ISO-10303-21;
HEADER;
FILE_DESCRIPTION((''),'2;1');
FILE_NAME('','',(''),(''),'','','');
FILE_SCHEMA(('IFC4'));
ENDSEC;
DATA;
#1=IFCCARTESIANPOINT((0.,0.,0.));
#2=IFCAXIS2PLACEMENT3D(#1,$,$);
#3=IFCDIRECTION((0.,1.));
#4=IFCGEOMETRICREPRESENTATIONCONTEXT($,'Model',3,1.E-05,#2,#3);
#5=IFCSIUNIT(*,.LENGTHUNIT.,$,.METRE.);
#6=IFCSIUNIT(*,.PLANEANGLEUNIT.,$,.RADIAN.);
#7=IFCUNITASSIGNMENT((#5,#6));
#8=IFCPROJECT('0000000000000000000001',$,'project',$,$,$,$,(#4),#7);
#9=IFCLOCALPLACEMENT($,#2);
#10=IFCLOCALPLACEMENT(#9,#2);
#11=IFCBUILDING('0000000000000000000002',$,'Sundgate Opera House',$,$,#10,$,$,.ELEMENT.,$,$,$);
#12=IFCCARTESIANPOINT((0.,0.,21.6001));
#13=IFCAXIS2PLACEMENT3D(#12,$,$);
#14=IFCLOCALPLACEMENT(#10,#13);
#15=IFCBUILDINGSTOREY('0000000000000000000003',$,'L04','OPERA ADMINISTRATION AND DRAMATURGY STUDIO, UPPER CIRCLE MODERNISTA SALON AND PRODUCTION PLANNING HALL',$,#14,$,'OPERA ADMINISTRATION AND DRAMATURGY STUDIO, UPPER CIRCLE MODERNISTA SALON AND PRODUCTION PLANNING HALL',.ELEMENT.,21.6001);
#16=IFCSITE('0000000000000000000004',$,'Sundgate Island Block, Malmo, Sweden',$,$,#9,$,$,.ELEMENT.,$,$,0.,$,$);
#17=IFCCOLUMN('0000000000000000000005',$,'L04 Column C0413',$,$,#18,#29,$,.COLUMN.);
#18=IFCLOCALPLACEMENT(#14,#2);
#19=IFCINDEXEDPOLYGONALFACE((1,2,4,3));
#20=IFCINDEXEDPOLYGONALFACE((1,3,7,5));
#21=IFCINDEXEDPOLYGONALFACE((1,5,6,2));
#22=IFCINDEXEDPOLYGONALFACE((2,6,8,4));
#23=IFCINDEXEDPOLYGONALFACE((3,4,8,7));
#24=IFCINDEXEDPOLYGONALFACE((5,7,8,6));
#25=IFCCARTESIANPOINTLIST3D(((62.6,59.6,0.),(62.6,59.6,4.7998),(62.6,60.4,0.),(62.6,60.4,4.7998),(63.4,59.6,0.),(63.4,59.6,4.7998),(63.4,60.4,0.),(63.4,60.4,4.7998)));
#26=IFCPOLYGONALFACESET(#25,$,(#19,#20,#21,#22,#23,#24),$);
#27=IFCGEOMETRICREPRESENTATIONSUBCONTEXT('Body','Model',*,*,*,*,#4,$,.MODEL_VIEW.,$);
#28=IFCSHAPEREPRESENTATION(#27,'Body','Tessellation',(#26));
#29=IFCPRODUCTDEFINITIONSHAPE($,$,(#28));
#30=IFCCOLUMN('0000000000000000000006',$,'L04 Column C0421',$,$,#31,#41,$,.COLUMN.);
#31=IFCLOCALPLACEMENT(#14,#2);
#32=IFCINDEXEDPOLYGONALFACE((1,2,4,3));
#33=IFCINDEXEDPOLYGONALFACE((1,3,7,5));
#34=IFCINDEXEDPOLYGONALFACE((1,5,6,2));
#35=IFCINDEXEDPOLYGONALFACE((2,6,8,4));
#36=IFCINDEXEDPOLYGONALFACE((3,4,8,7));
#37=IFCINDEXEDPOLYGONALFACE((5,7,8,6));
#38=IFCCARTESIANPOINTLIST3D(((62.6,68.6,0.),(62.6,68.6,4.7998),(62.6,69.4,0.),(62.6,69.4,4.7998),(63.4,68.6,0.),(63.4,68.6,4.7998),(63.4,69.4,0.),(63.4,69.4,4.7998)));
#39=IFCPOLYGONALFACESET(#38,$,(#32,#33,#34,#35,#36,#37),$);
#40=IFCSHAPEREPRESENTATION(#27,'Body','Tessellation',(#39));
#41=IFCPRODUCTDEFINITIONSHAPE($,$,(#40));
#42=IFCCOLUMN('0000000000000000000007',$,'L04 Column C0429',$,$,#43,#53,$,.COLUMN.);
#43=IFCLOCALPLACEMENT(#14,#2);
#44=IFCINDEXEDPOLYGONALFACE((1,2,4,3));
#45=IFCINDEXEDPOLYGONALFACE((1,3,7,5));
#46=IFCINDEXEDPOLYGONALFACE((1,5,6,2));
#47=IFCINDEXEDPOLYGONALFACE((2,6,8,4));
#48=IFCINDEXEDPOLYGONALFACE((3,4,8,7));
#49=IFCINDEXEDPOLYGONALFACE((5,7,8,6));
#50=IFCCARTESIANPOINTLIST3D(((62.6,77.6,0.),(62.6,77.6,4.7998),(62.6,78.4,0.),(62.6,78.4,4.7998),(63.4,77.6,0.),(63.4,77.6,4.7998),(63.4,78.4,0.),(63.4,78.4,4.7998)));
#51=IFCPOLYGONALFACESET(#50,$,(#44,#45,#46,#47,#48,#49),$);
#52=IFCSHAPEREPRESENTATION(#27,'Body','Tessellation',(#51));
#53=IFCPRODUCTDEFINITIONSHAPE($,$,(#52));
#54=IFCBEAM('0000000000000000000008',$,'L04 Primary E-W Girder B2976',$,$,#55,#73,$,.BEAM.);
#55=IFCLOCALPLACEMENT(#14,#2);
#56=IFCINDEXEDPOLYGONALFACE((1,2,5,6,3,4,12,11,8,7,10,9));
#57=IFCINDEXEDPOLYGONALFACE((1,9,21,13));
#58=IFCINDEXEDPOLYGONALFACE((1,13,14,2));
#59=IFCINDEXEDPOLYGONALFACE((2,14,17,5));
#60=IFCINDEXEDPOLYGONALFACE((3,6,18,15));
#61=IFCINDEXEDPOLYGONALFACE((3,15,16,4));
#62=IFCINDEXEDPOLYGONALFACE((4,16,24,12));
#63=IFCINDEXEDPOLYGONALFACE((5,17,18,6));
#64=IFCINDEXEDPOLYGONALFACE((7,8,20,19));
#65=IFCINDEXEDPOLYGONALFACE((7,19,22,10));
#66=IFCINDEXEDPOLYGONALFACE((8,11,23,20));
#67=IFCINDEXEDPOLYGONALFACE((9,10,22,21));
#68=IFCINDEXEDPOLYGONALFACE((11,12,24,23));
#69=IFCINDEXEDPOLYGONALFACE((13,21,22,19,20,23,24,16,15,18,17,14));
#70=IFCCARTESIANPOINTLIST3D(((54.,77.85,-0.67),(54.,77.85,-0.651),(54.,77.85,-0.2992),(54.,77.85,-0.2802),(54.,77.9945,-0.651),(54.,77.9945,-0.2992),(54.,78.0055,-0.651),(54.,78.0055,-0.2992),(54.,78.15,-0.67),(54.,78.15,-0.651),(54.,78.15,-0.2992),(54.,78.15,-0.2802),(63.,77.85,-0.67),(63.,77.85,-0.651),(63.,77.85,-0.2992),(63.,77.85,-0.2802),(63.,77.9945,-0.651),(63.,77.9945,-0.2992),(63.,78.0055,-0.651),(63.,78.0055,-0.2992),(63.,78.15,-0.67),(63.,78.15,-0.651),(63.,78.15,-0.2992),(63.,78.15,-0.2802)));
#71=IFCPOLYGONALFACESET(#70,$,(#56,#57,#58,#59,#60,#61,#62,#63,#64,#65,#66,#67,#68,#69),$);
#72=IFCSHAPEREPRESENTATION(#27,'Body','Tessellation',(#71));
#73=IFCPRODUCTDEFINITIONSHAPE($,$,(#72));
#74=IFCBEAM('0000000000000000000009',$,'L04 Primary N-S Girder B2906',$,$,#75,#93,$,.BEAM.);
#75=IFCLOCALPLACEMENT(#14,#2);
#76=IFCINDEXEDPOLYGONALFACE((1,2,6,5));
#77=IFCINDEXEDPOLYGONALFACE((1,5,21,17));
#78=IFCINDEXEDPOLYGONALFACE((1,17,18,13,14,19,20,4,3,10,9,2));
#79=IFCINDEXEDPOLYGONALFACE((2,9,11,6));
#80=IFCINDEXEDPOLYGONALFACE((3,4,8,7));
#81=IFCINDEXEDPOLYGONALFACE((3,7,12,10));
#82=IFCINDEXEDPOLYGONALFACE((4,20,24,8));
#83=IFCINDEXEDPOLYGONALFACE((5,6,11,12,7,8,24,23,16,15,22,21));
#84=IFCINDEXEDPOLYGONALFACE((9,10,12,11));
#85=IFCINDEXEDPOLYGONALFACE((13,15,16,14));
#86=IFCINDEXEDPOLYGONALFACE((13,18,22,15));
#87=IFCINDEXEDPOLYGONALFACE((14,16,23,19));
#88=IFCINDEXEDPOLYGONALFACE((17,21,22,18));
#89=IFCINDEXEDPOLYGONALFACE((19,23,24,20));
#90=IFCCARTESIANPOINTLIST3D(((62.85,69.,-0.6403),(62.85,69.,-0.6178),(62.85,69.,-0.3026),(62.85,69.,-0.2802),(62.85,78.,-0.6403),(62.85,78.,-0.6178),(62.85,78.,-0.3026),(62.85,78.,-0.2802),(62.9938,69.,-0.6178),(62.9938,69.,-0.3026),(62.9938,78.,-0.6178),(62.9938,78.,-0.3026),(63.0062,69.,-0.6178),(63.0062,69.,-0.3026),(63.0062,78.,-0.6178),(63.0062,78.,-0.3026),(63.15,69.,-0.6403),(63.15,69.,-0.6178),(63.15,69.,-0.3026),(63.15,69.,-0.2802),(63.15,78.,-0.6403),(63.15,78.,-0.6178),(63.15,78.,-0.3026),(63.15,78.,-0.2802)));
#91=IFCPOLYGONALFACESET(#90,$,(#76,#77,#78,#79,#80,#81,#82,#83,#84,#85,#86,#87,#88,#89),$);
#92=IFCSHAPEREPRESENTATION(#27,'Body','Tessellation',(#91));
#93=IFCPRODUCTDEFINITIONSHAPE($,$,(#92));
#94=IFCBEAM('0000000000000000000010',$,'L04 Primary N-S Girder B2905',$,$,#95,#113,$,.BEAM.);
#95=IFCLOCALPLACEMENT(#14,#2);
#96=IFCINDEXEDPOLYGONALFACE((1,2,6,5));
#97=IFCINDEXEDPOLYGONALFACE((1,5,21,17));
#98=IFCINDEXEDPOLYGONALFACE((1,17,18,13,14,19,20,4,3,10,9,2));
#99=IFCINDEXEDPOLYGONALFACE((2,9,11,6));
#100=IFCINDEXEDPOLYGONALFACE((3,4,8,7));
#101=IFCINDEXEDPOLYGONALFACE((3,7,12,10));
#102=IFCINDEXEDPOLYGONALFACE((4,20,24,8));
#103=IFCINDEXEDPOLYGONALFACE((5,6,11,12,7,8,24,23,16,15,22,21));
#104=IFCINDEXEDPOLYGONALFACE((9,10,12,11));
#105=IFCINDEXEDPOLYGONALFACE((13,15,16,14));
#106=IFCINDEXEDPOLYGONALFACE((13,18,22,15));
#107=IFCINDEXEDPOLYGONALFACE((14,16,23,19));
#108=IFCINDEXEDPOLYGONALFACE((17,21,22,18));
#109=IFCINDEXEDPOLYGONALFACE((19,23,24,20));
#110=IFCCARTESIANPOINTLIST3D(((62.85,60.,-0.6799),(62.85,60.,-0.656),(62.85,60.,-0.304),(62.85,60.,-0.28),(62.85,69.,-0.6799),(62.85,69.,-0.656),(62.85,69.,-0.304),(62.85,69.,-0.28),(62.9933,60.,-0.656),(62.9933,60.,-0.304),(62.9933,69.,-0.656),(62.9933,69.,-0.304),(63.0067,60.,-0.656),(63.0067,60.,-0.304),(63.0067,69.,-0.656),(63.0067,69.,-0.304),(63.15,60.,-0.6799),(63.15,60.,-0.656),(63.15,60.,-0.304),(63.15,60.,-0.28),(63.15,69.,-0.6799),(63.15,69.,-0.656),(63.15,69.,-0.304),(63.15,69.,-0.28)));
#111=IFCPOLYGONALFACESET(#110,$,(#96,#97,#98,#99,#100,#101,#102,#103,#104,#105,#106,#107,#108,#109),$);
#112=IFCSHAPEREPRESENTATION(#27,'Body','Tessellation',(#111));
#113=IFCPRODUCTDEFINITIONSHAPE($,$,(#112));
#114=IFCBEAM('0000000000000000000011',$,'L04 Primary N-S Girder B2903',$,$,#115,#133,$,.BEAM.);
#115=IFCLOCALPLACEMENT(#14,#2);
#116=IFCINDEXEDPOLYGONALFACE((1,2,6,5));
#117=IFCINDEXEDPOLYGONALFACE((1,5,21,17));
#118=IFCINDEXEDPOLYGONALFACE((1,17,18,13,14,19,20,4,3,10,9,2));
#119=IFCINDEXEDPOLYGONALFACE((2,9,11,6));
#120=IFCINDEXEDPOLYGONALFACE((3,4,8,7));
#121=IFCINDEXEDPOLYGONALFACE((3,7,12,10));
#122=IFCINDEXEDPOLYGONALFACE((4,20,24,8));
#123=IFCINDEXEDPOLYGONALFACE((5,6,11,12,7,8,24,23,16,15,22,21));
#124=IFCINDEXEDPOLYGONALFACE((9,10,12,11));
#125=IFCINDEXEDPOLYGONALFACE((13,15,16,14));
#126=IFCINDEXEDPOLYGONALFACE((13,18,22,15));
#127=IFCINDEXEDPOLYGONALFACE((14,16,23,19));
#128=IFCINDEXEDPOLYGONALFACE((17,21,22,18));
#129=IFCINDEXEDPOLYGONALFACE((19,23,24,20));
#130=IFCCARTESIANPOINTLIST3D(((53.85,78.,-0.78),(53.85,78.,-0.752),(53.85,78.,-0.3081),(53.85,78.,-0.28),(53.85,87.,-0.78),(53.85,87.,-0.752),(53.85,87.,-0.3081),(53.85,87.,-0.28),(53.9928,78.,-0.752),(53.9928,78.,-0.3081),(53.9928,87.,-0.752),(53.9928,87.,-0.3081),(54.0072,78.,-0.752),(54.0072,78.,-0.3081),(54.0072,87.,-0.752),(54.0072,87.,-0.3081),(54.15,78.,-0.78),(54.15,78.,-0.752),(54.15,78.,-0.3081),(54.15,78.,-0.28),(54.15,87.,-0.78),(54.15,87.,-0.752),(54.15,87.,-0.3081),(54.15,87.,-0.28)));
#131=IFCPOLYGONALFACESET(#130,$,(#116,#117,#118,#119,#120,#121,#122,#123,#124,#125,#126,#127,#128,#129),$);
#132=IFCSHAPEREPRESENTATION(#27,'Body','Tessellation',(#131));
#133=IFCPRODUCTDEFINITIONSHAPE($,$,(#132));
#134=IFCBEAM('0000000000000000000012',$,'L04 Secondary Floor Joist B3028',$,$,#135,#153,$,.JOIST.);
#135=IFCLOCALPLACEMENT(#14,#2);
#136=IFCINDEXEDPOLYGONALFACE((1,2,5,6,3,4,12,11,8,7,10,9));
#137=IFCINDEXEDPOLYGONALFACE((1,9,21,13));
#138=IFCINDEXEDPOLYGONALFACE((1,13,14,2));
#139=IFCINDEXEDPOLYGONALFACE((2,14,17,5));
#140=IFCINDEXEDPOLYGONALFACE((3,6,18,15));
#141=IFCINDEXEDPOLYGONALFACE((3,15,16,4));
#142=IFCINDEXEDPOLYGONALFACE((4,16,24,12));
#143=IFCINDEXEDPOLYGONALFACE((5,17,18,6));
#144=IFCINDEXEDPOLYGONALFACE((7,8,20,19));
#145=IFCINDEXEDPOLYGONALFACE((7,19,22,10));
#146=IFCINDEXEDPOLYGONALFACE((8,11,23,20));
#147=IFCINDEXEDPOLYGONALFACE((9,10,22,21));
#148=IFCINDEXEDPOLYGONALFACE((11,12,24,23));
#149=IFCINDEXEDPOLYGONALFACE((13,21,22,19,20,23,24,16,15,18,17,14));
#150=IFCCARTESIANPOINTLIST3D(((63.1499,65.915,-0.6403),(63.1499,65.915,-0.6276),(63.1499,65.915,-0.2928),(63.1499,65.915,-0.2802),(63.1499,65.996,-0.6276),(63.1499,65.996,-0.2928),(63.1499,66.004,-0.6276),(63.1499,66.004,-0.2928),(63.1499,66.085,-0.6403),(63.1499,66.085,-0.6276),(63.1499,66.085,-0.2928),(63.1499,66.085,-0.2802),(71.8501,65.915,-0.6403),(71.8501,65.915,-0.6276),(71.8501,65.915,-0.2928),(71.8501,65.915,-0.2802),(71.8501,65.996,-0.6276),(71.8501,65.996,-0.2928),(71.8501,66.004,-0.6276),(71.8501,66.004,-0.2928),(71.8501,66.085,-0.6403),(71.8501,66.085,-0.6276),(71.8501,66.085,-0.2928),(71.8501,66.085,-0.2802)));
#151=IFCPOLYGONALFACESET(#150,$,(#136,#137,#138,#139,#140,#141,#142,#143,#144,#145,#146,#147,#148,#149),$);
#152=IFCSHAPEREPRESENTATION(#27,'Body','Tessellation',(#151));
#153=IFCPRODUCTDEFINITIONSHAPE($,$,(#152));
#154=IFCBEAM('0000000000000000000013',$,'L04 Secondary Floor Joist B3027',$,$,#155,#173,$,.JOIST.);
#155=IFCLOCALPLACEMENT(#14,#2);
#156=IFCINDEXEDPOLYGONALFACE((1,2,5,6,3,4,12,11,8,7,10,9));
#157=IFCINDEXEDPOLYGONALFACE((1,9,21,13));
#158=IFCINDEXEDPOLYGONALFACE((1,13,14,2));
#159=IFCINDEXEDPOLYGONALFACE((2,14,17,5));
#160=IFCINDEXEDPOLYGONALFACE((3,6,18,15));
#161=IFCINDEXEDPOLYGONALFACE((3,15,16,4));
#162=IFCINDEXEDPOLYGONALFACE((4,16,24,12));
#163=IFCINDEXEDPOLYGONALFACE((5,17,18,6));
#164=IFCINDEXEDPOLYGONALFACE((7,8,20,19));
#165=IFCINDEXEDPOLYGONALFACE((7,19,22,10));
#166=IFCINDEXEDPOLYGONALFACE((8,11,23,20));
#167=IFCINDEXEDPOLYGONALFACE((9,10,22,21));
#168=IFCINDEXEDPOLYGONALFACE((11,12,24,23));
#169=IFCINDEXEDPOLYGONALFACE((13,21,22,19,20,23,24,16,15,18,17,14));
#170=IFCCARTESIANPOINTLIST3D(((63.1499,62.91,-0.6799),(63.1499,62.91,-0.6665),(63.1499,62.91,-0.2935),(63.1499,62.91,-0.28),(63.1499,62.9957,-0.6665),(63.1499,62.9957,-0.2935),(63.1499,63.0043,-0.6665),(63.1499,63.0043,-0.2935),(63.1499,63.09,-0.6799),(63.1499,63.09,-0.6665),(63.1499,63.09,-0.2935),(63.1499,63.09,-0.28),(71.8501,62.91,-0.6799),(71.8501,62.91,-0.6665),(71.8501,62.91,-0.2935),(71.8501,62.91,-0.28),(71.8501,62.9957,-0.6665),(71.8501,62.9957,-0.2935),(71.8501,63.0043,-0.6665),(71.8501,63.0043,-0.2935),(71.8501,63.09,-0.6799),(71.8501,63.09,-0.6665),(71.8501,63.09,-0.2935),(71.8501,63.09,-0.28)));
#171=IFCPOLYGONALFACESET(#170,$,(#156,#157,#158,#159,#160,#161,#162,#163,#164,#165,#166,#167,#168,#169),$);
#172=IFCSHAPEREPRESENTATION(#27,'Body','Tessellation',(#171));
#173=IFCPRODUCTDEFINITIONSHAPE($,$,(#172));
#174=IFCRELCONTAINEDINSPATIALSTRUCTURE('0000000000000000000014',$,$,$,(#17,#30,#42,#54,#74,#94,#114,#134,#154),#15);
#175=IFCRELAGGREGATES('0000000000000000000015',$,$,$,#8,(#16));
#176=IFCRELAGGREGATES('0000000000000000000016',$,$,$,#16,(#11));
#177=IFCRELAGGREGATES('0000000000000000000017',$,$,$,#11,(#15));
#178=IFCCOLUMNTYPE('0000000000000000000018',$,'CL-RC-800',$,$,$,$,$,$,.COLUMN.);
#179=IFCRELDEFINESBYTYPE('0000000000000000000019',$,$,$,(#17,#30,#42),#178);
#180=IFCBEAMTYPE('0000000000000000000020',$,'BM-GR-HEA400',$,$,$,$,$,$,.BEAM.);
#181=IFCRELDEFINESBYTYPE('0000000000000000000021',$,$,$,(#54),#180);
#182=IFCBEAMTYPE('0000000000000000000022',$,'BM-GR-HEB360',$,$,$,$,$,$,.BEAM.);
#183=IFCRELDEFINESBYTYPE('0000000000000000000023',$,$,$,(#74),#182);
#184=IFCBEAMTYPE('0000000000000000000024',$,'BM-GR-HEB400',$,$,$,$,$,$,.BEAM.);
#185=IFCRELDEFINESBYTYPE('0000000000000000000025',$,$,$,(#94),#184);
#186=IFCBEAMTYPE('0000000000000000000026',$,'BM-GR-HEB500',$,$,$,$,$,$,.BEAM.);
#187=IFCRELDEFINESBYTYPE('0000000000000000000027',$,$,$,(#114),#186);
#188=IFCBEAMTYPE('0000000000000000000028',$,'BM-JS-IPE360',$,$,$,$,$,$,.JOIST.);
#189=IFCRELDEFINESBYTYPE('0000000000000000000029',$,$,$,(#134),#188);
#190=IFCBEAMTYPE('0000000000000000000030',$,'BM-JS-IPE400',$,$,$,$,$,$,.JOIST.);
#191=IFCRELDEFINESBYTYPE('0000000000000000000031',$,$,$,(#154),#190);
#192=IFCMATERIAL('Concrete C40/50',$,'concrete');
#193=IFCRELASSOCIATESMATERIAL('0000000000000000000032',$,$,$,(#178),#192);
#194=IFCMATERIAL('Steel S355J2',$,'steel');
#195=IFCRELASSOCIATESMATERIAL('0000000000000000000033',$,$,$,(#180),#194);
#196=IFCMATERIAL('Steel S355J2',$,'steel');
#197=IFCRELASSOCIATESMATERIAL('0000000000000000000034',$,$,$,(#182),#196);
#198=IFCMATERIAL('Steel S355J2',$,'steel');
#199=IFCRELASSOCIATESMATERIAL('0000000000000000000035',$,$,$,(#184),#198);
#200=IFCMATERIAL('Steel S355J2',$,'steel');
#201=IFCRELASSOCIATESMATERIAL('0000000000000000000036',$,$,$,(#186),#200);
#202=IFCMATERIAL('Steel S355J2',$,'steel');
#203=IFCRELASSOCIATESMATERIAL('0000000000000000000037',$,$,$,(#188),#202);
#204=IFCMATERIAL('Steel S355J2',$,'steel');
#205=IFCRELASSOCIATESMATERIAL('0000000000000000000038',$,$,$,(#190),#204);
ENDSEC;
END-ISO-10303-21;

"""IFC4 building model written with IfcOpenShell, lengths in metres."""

from ifc_helpers import new_model, si_unit, direction, frame, origin, origin_2d, place, context, subcontext, project, spatial, rectangle, i_section, extrude, material, material_profile, profile_set, type_object, element, save


model = new_model("IFC4")

# Units and contexts
model_context = context("Model", 3, precision=1e-05, world=origin(), true_north=direction((0.0, 1.0)))
body_context = subcontext(model_context, "Body", "Model", "MODEL_VIEW")
ifc_project = project(units=[si_unit("LENGTHUNIT", "METRE"), si_unit("PLANEANGLEUNIT", "RADIAN")], contexts=[model_context])

# Site, building, storey
site_placement = place(None, origin())
site = spatial("IfcSite", under=ifc_project, at=site_placement, Name="Sundgate Island Block, Malmo, Sweden", CompositionType="ELEMENT", RefElevation=0.0)
building_placement = place(site_placement, origin())
building = spatial("IfcBuilding", under=site, at=building_placement, Name="Sundgate Opera House", CompositionType="ELEMENT")
storey_placement = place(building_placement, frame((0.0, 0.0, 21.6001)))
storey = spatial("IfcBuildingStorey", under=building, at=storey_placement, Name="L04", Description="OPERA ADMINISTRATION AND DRAMATURGY STUDIO, UPPER CIRCLE MODERNISTA SALON AND PRODUCTION PLANNING HALL", LongName="OPERA ADMINISTRATION AND DRAMATURGY STUDIO, UPPER CIRCLE MODERNISTA SALON AND PRODUCTION PLANNING HALL", CompositionType="ELEMENT", Elevation=21.6001)

# Columns
ifc_material_1 = material(Name="Concrete C40/50", Category="concrete")
ifc_material_profile_1 = material_profile(ifc_material_1, rectangle(XDim=0.8, YDim=0.8, at=origin_2d()), Name="RC 800x800")
ifc_profile_set_1 = profile_set([ifc_material_profile_1], Name="Concrete C40/50")
column_type = type_object("IfcColumnType", Name="CL-RC-800", PredefinedType="COLUMN", material=ifc_profile_set_1)
for number, where, z_axis, x_axis, name in (
    (1, (63.0, 60.0, 0.0), (0.0, 0.0, 1.0), (1.0, 0.0, 0.0), "L04 Column C0413"),
    (2, (63.0, 69.0, 0.0), (0.0, 0.0, 1.0), (1.0, 0.0, 0.0), "L04 Column C0421"),
    (3, (63.0, 78.0, 0.0), (0.0, 0.0, 1.0), (1.0, 0.0, 0.0), "L04 Column C0429"),
):
    element("IfcColumn", number, at=place(storey_placement, frame(where, z_axis=z_axis, x_axis=x_axis)), inside=storey, type_object=column_type, Name=name, PredefinedType="COLUMN", context=body_context, shape_type="SweptSolid", body=[
        extrude(rectangle(XDim=0.8, YDim=0.8, at=origin_2d()), origin(), (0.0, 0.0, 1.0), 4.7998),
    ])

# Beams
ifc_material_2 = material(Name="Steel S355J2", Category="steel")
ifc_material_profile_2 = material_profile(ifc_material_2, i_section(OverallWidth=0.3, OverallDepth=0.3899, WebThickness=0.011, FlangeThickness=0.019, at=origin_2d()), Name="HEA 400")
ifc_profile_set_2 = profile_set([ifc_material_profile_2], Name="Steel S355J2")
beam_type_1 = type_object("IfcBeamType", Name="BM-GR-HEA400", PredefinedType="BEAM", material=ifc_profile_set_2)
beam_1_placement = place(storey_placement, frame((54.0, 78.0, -0.4751), z_axis=(1.0, 0.0, 0.0), x_axis=(0.0, 1.0, 0.0)))
element("IfcBeam", 4, at=beam_1_placement, inside=storey, type_object=beam_type_1, Name="L04 Primary E-W Girder B2976", PredefinedType="BEAM", context=body_context, shape_type="SweptSolid", body=[
    extrude(i_section(OverallWidth=0.3, OverallDepth=0.3899, WebThickness=0.011, FlangeThickness=0.019, at=origin_2d()), origin(), (0.0, 0.0, 1.0), 9.0),
])
ifc_material_3 = material(Name="Steel S355J2", Category="steel")
ifc_material_profile_3 = material_profile(ifc_material_3, i_section(OverallWidth=0.3, OverallDepth=0.3601, WebThickness=0.0125, FlangeThickness=0.0225, at=origin_2d()), Name="HEB 360")
ifc_profile_set_3 = profile_set([ifc_material_profile_3], Name="Steel S355J2")
beam_type_2 = type_object("IfcBeamType", Name="BM-GR-HEB360", PredefinedType="BEAM", material=ifc_profile_set_3)
beam_2_placement = place(storey_placement, frame((63.0, 69.0, -0.4602), z_axis=(0.0, 1.0, 0.0), x_axis=(-1.0, 0.0, 0.0)))
element("IfcBeam", 5, at=beam_2_placement, inside=storey, type_object=beam_type_2, Name="L04 Primary N-S Girder B2906", PredefinedType="BEAM", context=body_context, shape_type="SweptSolid", body=[
    extrude(i_section(OverallWidth=0.3, OverallDepth=0.3601, WebThickness=0.0125, FlangeThickness=0.0225, at=origin_2d()), origin(), (0.0, 0.0, 1.0), 9.0),
])
ifc_material_4 = material(Name="Steel S355J2", Category="steel")
ifc_material_profile_4 = material_profile(ifc_material_4, i_section(OverallWidth=0.3, OverallDepth=0.3999, WebThickness=0.0134, FlangeThickness=0.0239, at=origin_2d()), Name="HEB 400")
ifc_profile_set_4 = profile_set([ifc_material_profile_4], Name="Steel S355J2")
beam_type_3 = type_object("IfcBeamType", Name="BM-GR-HEB400", PredefinedType="BEAM", material=ifc_profile_set_4)
beam_3_placement = place(storey_placement, frame((63.0, 60.0, -0.48), z_axis=(0.0, 1.0, 0.0), x_axis=(-1.0, 0.0, 0.0)))
element("IfcBeam", 6, at=beam_3_placement, inside=storey, type_object=beam_type_3, Name="L04 Primary N-S Girder B2905", PredefinedType="BEAM", context=body_context, shape_type="SweptSolid", body=[
    extrude(i_section(OverallWidth=0.3, OverallDepth=0.3999, WebThickness=0.0134, FlangeThickness=0.0239, at=origin_2d()), origin(), (0.0, 0.0, 1.0), 9.0),
])
ifc_material_5 = material(Name="Steel S355J2", Category="steel")
ifc_material_profile_5 = material_profile(ifc_material_5, i_section(OverallWidth=0.3, OverallDepth=0.5, WebThickness=0.0144, FlangeThickness=0.0281, at=origin_2d()), Name="HEB 500")
ifc_profile_set_5 = profile_set([ifc_material_profile_5], Name="Steel S355J2")
beam_type_4 = type_object("IfcBeamType", Name="BM-GR-HEB500", PredefinedType="BEAM", material=ifc_profile_set_5)
beam_4_placement = place(storey_placement, frame((54.0, 78.0, -0.53), z_axis=(0.0, 1.0, 0.0), x_axis=(-1.0, 0.0, 0.0)))
element("IfcBeam", 7, at=beam_4_placement, inside=storey, type_object=beam_type_4, Name="L04 Primary N-S Girder B2903", PredefinedType="BEAM", context=body_context, shape_type="SweptSolid", body=[
    extrude(i_section(OverallWidth=0.3, OverallDepth=0.5, WebThickness=0.0144, FlangeThickness=0.0281, at=origin_2d()), origin(), (0.0, 0.0, 1.0), 9.0),
])
ifc_material_6 = material(Name="Steel S355J2", Category="steel")
ifc_material_profile_6 = material_profile(ifc_material_6, i_section(OverallWidth=0.1699, OverallDepth=0.3601, WebThickness=0.0081, FlangeThickness=0.0127, at=origin_2d()), Name="IPE 360")
ifc_profile_set_6 = profile_set([ifc_material_profile_6], Name="Steel S355J2")
beam_type_5 = type_object("IfcBeamType", Name="BM-JS-IPE360", PredefinedType="JOIST", material=ifc_profile_set_6)
beam_5_placement = place(storey_placement, frame((63.1499, 66.0, -0.4602), z_axis=(1.0, 0.0, 0.0), x_axis=(0.0, 1.0, 0.0)))
element("IfcBeam", 8, at=beam_5_placement, inside=storey, type_object=beam_type_5, Name="L04 Secondary Floor Joist B3028", PredefinedType="JOIST", context=body_context, shape_type="SweptSolid", body=[
    extrude(i_section(OverallWidth=0.1699, OverallDepth=0.3601, WebThickness=0.0081, FlangeThickness=0.0127, at=origin_2d()), origin(), (0.0, 0.0, 1.0), 8.7002),
])
ifc_material_7 = material(Name="Steel S355J2", Category="steel")
ifc_material_profile_7 = material_profile(ifc_material_7, i_section(OverallWidth=0.1799, OverallDepth=0.3999, WebThickness=0.0085, FlangeThickness=0.0134, at=origin_2d()), Name="IPE 400")
ifc_profile_set_7 = profile_set([ifc_material_profile_7], Name="Steel S355J2")
beam_type_6 = type_object("IfcBeamType", Name="BM-JS-IPE400", PredefinedType="JOIST", material=ifc_profile_set_7)
for number, where, z_axis, x_axis, name in (
    (9, (63.1499, 63.0, -0.48), (1.0, 0.0, 0.0), (0.0, 1.0, 0.0), "L04 Secondary Floor Joist B3027"),
):
    element("IfcBeam", number, at=place(storey_placement, frame(where, z_axis=z_axis, x_axis=x_axis)), inside=storey, type_object=beam_type_6, Name=name, PredefinedType="JOIST", context=body_context, shape_type="SweptSolid", body=[
        extrude(i_section(OverallWidth=0.1799, OverallDepth=0.3999, WebThickness=0.0085, FlangeThickness=0.0134, at=origin_2d()), origin(), (0.0, 0.0, 1.0), 8.7002),
    ])

save(model, "model.ifc")
